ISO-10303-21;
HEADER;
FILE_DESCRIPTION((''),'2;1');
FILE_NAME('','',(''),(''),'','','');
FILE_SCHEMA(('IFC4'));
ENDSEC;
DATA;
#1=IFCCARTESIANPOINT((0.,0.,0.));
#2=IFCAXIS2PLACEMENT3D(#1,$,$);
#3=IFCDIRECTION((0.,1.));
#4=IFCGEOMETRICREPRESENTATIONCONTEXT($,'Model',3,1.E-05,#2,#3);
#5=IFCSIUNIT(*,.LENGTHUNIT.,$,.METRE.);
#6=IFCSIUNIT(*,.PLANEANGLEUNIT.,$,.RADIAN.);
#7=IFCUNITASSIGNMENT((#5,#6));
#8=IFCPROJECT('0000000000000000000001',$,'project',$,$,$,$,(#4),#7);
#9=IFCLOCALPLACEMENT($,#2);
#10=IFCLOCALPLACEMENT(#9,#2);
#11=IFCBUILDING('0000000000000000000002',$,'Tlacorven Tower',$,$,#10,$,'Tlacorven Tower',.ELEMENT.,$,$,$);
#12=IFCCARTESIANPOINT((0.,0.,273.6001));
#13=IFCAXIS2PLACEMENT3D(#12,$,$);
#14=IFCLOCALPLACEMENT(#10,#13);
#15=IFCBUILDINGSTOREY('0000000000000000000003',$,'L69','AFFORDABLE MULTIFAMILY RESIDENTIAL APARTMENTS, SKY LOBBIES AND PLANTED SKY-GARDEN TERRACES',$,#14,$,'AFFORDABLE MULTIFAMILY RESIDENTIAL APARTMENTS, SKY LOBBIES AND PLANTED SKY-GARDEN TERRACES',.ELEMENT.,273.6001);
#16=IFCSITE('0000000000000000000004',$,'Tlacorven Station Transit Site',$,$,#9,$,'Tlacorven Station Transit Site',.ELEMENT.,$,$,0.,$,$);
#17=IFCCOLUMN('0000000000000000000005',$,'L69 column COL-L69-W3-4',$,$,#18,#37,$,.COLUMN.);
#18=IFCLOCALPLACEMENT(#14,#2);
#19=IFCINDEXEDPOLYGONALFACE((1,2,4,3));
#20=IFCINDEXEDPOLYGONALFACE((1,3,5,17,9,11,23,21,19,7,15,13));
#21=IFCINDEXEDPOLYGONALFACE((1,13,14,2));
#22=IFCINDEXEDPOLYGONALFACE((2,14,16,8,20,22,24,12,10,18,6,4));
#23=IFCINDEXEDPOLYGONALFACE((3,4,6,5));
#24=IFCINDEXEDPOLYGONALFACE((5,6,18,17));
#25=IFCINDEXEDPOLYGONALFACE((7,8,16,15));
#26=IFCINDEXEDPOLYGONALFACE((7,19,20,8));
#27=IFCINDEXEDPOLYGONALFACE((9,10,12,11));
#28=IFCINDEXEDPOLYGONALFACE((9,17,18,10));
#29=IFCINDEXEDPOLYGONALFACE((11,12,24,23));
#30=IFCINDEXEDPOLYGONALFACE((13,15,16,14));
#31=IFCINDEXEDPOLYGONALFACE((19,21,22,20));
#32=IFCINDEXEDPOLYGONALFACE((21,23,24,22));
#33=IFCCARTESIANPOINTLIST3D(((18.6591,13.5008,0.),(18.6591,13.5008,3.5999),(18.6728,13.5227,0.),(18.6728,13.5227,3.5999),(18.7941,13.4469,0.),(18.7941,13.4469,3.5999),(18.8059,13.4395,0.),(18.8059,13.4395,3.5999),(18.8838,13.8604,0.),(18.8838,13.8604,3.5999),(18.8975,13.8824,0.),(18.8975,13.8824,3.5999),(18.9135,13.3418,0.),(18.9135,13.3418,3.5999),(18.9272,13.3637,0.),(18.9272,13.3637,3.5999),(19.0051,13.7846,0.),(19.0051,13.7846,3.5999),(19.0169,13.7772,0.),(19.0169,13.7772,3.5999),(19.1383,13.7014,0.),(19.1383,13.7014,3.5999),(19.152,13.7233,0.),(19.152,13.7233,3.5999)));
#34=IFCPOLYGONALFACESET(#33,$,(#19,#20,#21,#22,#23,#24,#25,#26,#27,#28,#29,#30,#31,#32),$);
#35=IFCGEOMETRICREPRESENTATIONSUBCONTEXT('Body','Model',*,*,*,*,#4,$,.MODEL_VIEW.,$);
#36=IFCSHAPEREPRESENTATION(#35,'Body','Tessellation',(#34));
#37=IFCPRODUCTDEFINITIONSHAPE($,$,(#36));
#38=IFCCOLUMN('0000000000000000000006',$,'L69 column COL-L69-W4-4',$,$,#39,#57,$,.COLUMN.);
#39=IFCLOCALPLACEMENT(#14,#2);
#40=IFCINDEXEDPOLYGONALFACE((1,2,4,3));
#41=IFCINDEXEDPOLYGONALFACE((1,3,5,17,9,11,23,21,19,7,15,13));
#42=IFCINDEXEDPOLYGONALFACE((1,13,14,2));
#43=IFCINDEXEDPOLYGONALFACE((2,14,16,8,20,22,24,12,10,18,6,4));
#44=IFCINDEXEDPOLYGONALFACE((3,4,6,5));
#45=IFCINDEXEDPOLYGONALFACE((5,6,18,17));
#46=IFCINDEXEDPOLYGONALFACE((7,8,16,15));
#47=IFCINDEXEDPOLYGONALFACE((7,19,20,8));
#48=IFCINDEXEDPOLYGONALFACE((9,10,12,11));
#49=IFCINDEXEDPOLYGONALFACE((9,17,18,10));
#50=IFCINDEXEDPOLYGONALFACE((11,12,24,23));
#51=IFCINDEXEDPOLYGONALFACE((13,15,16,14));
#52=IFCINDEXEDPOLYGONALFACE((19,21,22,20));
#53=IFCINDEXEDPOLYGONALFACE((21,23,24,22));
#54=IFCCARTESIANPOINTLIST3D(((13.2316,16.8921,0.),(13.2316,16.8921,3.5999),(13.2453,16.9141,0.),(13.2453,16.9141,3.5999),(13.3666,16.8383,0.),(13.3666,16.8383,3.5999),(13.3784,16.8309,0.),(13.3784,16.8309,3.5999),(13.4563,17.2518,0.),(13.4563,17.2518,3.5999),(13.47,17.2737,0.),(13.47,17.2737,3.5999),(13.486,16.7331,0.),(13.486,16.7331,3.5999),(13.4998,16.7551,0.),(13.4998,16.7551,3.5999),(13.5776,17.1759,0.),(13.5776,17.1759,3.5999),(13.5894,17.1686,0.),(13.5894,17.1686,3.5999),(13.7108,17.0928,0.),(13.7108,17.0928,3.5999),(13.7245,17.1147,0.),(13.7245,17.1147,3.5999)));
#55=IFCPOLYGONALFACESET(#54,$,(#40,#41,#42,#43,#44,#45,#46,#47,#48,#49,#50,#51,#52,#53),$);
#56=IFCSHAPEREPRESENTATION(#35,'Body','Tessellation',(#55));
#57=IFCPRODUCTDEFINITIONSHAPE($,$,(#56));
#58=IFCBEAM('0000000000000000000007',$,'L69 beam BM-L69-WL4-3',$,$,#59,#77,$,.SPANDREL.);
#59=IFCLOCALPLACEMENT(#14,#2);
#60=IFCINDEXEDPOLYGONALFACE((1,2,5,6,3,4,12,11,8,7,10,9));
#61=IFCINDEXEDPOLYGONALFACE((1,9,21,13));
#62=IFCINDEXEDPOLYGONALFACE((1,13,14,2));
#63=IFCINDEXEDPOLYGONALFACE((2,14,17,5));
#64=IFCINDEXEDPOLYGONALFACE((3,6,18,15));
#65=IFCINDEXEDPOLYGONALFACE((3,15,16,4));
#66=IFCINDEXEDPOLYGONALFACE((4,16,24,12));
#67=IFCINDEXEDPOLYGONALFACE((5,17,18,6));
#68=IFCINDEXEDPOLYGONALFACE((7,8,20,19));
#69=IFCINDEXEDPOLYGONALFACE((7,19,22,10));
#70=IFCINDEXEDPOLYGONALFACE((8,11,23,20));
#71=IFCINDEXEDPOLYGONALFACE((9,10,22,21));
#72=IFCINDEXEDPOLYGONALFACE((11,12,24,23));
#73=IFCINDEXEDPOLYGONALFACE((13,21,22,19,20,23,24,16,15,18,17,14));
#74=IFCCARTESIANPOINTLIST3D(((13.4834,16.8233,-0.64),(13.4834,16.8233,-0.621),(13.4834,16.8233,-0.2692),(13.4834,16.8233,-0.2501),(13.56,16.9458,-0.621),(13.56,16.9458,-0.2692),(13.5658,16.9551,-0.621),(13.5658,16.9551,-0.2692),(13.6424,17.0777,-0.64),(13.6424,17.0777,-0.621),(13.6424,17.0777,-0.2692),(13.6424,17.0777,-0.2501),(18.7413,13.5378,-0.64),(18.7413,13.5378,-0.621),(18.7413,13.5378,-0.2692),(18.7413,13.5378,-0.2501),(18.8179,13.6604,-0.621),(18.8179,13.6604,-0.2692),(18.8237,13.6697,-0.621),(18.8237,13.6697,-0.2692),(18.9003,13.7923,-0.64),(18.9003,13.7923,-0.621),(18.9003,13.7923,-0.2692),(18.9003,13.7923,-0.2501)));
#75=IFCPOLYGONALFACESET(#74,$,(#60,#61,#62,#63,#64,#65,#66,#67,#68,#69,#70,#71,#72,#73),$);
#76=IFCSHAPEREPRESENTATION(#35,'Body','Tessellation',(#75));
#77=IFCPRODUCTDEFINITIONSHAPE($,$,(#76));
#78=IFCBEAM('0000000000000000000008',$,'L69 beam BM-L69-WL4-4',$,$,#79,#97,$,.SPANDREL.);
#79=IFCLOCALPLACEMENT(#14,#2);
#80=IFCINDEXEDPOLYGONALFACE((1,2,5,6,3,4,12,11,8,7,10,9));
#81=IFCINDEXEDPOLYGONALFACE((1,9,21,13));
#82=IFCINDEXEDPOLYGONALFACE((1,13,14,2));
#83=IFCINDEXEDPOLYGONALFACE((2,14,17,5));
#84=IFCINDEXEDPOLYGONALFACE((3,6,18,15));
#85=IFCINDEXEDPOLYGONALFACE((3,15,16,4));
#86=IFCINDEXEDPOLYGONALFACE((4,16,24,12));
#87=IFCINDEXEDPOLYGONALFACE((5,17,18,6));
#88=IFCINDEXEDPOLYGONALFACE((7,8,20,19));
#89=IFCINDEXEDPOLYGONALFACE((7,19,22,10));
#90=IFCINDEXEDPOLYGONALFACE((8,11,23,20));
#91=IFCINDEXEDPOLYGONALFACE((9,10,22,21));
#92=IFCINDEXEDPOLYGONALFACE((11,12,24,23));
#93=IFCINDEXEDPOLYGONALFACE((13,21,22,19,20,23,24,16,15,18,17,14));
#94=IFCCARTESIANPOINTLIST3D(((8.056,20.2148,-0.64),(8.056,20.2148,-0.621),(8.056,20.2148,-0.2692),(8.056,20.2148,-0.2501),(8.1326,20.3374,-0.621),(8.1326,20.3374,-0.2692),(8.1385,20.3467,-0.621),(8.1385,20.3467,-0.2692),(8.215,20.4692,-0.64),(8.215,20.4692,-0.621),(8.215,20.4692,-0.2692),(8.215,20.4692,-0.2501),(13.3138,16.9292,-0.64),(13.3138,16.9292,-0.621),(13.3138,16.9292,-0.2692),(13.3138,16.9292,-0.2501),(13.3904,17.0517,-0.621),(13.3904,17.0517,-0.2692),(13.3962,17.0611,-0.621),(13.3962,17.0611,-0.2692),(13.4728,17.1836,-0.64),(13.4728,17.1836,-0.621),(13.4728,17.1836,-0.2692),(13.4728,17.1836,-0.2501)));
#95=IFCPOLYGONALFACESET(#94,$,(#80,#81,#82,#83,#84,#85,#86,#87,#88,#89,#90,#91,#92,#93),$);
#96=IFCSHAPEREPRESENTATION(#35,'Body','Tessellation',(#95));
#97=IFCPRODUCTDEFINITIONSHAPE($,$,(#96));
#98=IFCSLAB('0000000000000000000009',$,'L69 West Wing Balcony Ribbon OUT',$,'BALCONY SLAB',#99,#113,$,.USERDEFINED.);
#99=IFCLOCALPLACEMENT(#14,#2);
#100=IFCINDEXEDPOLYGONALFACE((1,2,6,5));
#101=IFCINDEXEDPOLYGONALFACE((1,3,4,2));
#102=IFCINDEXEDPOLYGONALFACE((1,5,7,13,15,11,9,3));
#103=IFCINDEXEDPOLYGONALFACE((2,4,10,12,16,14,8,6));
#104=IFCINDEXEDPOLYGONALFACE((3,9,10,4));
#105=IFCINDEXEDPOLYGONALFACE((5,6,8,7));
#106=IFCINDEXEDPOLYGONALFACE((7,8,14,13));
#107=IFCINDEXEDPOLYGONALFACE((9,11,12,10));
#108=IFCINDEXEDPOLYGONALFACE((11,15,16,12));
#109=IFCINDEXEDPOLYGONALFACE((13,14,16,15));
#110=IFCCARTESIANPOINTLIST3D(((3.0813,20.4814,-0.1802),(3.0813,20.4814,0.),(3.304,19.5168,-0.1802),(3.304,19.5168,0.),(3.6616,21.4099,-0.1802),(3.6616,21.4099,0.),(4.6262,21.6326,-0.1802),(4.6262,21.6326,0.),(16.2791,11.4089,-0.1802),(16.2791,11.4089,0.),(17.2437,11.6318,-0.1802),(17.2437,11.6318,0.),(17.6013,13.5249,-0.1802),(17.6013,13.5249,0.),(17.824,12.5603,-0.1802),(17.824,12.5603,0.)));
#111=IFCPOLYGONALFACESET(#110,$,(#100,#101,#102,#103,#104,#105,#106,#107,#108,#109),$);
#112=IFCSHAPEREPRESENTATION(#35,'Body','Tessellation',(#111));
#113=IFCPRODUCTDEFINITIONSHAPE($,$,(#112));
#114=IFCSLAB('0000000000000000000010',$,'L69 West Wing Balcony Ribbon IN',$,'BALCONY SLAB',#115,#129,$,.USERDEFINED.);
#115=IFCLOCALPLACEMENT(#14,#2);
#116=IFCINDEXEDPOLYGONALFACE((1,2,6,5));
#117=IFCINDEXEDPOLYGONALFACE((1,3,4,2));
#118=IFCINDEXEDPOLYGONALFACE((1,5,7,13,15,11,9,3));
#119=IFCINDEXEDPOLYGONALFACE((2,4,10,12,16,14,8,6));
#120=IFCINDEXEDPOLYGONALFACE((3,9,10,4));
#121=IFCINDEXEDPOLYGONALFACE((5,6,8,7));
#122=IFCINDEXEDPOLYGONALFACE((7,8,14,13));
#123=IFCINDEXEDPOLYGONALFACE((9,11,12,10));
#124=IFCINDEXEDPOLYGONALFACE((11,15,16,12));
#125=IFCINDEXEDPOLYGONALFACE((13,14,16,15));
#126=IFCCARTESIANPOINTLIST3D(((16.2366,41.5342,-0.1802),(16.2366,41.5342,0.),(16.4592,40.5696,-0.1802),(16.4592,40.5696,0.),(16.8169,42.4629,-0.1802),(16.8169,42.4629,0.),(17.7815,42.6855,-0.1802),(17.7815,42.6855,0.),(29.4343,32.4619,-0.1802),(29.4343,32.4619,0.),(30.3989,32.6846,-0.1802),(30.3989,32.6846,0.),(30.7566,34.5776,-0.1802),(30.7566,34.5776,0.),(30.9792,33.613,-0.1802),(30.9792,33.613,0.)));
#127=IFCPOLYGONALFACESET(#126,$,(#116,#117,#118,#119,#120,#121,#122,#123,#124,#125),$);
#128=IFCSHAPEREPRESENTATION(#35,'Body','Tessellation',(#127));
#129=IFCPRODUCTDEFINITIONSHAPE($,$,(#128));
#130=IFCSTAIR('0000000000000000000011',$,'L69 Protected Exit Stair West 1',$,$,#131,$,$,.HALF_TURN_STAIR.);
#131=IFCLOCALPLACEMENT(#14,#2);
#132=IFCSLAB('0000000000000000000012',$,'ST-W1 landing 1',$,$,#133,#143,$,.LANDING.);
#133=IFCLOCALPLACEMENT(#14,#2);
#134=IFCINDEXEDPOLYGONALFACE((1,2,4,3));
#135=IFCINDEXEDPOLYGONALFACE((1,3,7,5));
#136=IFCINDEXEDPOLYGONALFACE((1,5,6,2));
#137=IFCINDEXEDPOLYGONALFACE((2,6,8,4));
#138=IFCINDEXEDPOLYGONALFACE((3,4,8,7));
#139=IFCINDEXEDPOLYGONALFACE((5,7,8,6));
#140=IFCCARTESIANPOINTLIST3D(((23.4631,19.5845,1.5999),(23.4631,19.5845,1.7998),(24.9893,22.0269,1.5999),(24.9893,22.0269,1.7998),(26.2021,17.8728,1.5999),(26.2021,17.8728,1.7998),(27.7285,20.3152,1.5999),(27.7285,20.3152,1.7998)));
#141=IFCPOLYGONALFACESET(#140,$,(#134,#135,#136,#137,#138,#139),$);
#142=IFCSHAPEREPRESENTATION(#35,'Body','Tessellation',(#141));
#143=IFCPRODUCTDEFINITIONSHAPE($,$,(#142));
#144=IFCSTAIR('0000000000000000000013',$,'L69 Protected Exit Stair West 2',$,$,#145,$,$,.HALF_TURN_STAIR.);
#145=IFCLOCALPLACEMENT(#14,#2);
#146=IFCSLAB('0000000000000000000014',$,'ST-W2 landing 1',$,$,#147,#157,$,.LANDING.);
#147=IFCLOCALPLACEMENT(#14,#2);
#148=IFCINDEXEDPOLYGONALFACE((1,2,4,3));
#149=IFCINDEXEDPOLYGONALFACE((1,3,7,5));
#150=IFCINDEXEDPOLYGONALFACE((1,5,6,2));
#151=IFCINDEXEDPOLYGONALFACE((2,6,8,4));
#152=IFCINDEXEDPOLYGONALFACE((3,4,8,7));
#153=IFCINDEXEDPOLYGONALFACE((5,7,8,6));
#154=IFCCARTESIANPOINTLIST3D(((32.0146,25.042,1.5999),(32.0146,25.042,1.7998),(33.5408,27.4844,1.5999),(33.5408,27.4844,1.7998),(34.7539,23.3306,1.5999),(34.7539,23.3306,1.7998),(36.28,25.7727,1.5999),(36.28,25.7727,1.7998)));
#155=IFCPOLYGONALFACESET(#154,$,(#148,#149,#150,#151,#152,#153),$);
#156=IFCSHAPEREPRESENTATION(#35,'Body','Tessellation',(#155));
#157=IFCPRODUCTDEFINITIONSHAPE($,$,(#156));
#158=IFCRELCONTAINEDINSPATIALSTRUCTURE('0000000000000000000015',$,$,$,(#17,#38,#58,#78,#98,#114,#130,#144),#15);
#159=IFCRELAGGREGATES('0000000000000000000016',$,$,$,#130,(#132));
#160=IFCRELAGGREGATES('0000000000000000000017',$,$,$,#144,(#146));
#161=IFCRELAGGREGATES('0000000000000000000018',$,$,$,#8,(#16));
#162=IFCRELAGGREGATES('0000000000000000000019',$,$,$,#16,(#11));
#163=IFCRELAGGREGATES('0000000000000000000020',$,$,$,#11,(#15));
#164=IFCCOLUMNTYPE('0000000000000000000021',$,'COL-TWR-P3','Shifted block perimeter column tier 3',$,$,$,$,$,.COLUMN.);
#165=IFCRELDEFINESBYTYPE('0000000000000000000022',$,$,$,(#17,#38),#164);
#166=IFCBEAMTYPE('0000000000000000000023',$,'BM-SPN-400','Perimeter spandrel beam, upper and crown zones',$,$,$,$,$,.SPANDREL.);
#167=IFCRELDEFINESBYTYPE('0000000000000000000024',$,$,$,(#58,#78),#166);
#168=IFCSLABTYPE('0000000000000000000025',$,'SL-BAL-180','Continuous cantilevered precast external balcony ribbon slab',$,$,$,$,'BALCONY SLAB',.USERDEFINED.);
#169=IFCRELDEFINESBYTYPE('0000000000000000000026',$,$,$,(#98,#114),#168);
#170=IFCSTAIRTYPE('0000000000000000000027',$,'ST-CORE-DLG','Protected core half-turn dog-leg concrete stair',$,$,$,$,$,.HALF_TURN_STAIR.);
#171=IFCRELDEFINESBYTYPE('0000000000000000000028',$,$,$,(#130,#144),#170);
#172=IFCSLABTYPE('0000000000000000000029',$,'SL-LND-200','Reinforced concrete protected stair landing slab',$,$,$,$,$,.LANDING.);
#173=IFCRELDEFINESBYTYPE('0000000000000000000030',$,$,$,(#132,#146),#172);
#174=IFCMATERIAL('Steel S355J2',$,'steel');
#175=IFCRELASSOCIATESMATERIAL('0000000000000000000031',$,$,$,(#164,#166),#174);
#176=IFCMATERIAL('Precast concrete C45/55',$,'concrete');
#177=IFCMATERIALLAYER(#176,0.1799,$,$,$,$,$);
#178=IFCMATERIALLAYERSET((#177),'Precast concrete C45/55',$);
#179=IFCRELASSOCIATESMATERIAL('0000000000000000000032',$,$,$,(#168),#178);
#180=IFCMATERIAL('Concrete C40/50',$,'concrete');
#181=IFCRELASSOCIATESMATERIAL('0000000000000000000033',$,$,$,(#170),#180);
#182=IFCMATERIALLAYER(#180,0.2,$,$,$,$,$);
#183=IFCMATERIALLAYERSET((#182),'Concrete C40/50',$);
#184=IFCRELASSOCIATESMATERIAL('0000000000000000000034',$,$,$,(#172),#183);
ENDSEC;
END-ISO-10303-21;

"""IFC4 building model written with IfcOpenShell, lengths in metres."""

from ifc_helpers import new_model, si_unit, direction, frame, origin, origin_2d, place, context, subcontext, project, spatial, polyline, i_section, outline, extrude, source, transform, mapped, material, layer, layer_set, material_profile, profile_set, type_object, element, aggregate, save


model = new_model("IFC4")

# Units and contexts
model_context = context("Model", 3, precision=1e-05, world=origin(), true_north=direction((0.0, 1.0)))
body_context = subcontext(model_context, "Body", "Model", "MODEL_VIEW")
ifc_project = project(units=[si_unit("LENGTHUNIT", "METRE"), si_unit("PLANEANGLEUNIT", "RADIAN")], contexts=[model_context])

# Site, building, storey
site_placement = place(None, origin())
site = spatial("IfcSite", under=ifc_project, at=site_placement, Name="Tlacorven Station Transit Site", LongName="Tlacorven Station Transit Site", CompositionType="ELEMENT", RefElevation=0.0)
building_placement = place(site_placement, origin())
building = spatial("IfcBuilding", under=site, at=building_placement, Name="Tlacorven Tower", LongName="Tlacorven Tower", CompositionType="ELEMENT")
storey_placement = place(building_placement, frame((0.0, 0.0, 273.6001)))
storey = spatial("IfcBuildingStorey", under=building, at=storey_placement, Name="L69", Description="AFFORDABLE MULTIFAMILY RESIDENTIAL APARTMENTS, SKY LOBBIES AND PLANTED SKY-GARDEN TERRACES", LongName="AFFORDABLE MULTIFAMILY RESIDENTIAL APARTMENTS, SKY LOBBIES AND PLANTED SKY-GARDEN TERRACES", CompositionType="ELEMENT", Elevation=273.6001)

# Columns
ifc_material_1 = material(Name="Steel S355J2", Category="steel")
ifc_material_profile_1 = material_profile(ifc_material_1, i_section(OverallWidth=0.3, OverallDepth=0.45, WebThickness=0.0139, FlangeThickness=0.0259, at=origin_2d()), Name="HEB 450")
ifc_profile_set_1 = profile_set([ifc_material_profile_1], Name="Steel S355J2")
column_type = type_object("IfcColumnType", Name="COL-TWR-P3", Description="Shifted block perimeter column tier 3", PredefinedType="COLUMN", material=ifc_profile_set_1)
shared_shape_1 = source(origin(), body_context, "Body", "SweptSolid", [
    extrude(i_section(OverallWidth=0.3, OverallDepth=0.45, WebThickness=0.0139, FlangeThickness=0.0259, at=origin_2d()), origin(), (0.0, 0.0, 1.0), 3.5999),
])
for number, where, z_axis, x_axis, name in (
    (1, (18.9055, 13.6121, 0.0), (0.0, 0.0, 1.0), (-0.848048, 0.529919, 0.0), "L69 column COL-L69-W3-4"),
    (2, (13.478, 17.0034, 0.0), (0.0, 0.0, 1.0), (-0.848048, 0.529919, 0.0), "L69 column COL-L69-W4-4"),
):
    element("IfcColumn", number, at=place(storey_placement, frame(where, z_axis=z_axis, x_axis=x_axis)), inside=storey, type_object=column_type, Name=name, PredefinedType="COLUMN", context=body_context, shape_type="MappedRepresentation", body=[
        mapped(shared_shape_1, transform((0.0, 0.0, 0.0), scale=1.0)),
    ])

# Beams
ifc_material_profile_2 = material_profile(ifc_material_1, i_section(OverallWidth=0.3, OverallDepth=0.3899, WebThickness=0.011, FlangeThickness=0.019, at=origin_2d()), Name="HEA 400")
ifc_profile_set_2 = profile_set([ifc_material_profile_2], Name="Steel S355J2")
beam_type = type_object("IfcBeamType", Name="BM-SPN-400", Description="Perimeter spandrel beam, upper and crown zones", PredefinedType="SPANDREL", material=ifc_profile_set_2)
shared_shape_2 = source(origin(), body_context, "Body", "SweptSolid", [
    extrude(i_section(OverallWidth=0.3, OverallDepth=0.3899, WebThickness=0.011, FlangeThickness=0.019, at=origin_2d()), origin(), (0.0, 0.0, 1.0), 6.2),
])
for number, where, z_axis, x_axis, name in (
    (3, (18.8208, 13.665, -0.4451), (-0.848051, 0.529914, 0.0), (-0.529914, -0.848051, 0.0), "L69 beam BM-L69-WL4-3"),
    (4, (13.3933, 17.0564, -0.4451), (-0.848034, 0.529942, 0.0), (-0.529942, -0.848034, 0.0), "L69 beam BM-L69-WL4-4"),
):
    element("IfcBeam", number, at=place(storey_placement, frame(where, z_axis=z_axis, x_axis=x_axis)), inside=storey, type_object=beam_type, Name=name, PredefinedType="SPANDREL", context=body_context, shape_type="MappedRepresentation", body=[
        mapped(shared_shape_2, transform((0.0, 0.0, 0.0), scale=1.0)),
    ])

# Slabs
ifc_material_2 = material(Name="Precast concrete C45/55", Category="concrete")
ifc_layer_1 = layer(ifc_material_2, 0.1799)
ifc_layer_set_1 = layer_set([ifc_layer_1], Name="Precast concrete C45/55")
slab_type_1 = type_object("IfcSlabType", Name="SL-BAL-180", Description="Continuous cantilevered precast external balcony ribbon slab", ElementType="BALCONY SLAB", PredefinedType="USERDEFINED", material=ifc_layer_set_1)
slab_1_placement = place(storey_placement, frame((0.0, 0.0, -0.1802)))
element("IfcSlab", 5, at=slab_1_placement, inside=storey, type_object=slab_type_1, Name="L69 West Wing Balcony Ribbon OUT", ObjectType="BALCONY SLAB", PredefinedType="USERDEFINED", context=body_context, shape_type="SweptSolid", body=[
    extrude(outline(polyline([(17.6013, 13.5249), (4.6262, 21.6326), (3.6616, 21.4099), (3.0813, 20.4814), (3.304, 19.5168), (16.2791, 11.4089), (17.2437, 11.6318), (17.824, 12.5603), (17.6013, 13.5249)])), origin(), (0.0, 0.0, 1.0), 0.1802),
])
slab_2_placement = place(storey_placement, frame((0.0, 0.0, -0.1802)))
element("IfcSlab", 6, at=slab_2_placement, inside=storey, type_object=slab_type_1, Name="L69 West Wing Balcony Ribbon IN", ObjectType="BALCONY SLAB", PredefinedType="USERDEFINED", context=body_context, shape_type="SweptSolid", body=[
    extrude(outline(polyline([(30.7566, 34.5776), (17.7815, 42.6855), (16.8169, 42.4629), (16.2366, 41.5342), (16.4592, 40.5696), (29.4343, 32.4619), (30.3989, 32.6846), (30.9792, 33.613), (30.7566, 34.5776)])), origin(), (0.0, 0.0, 1.0), 0.1802),
])

# Stairs, slabs
ifc_material_3 = material(Name="Concrete C40/50", Category="concrete")
stair_type = type_object("IfcStairType", Name="ST-CORE-DLG", Description="Protected core half-turn dog-leg concrete stair", PredefinedType="HALF_TURN_STAIR", material=ifc_material_3)
stair_1_placement = place(storey_placement, origin())
stair_1 = element("IfcStair", 7, at=stair_1_placement, inside=storey, type_object=stair_type, Name="L69 Protected Exit Stair West 1", PredefinedType="HALF_TURN_STAIR")
ifc_layer_2 = layer(ifc_material_3, 0.2)
ifc_layer_set_2 = layer_set([ifc_layer_2], Name="Concrete C40/50")
slab_type_2 = type_object("IfcSlabType", Name="SL-LND-200", Description="Reinforced concrete protected stair landing slab", PredefinedType="LANDING", material=ifc_layer_set_2)
slab_3_placement = place(storey_placement, frame((0.0, 0.0, 1.5999)))
slab_3 = element("IfcSlab", 8, at=slab_3_placement, type_object=slab_type_2, Name="ST-W1 landing 1", PredefinedType="LANDING", context=body_context, shape_type="SweptSolid", body=[
    extrude(outline(polyline([(27.7285, 20.3152), (24.9893, 22.0269), (23.4631, 19.5845), (26.2021, 17.8728), (27.7285, 20.3152)])), origin(), (0.0, 0.0, 1.0), 0.2),
])
aggregate(stair_1, [slab_3])
stair_2_placement = place(storey_placement, origin())
stair_2 = element("IfcStair", 9, at=stair_2_placement, inside=storey, type_object=stair_type, Name="L69 Protected Exit Stair West 2", PredefinedType="HALF_TURN_STAIR")
slab_4_placement = place(storey_placement, frame((0.0, 0.0, 1.5999)))
slab_4 = element("IfcSlab", 10, at=slab_4_placement, type_object=slab_type_2, Name="ST-W2 landing 1", PredefinedType="LANDING", context=body_context, shape_type="SweptSolid", body=[
    extrude(outline(polyline([(36.28, 25.7727), (33.5408, 27.4844), (32.0146, 25.042), (34.7539, 23.3306), (36.28, 25.7727)])), origin(), (0.0, 0.0, 1.0), 0.2),
])
aggregate(stair_2, [slab_4])

save(model, "model.ifc")
